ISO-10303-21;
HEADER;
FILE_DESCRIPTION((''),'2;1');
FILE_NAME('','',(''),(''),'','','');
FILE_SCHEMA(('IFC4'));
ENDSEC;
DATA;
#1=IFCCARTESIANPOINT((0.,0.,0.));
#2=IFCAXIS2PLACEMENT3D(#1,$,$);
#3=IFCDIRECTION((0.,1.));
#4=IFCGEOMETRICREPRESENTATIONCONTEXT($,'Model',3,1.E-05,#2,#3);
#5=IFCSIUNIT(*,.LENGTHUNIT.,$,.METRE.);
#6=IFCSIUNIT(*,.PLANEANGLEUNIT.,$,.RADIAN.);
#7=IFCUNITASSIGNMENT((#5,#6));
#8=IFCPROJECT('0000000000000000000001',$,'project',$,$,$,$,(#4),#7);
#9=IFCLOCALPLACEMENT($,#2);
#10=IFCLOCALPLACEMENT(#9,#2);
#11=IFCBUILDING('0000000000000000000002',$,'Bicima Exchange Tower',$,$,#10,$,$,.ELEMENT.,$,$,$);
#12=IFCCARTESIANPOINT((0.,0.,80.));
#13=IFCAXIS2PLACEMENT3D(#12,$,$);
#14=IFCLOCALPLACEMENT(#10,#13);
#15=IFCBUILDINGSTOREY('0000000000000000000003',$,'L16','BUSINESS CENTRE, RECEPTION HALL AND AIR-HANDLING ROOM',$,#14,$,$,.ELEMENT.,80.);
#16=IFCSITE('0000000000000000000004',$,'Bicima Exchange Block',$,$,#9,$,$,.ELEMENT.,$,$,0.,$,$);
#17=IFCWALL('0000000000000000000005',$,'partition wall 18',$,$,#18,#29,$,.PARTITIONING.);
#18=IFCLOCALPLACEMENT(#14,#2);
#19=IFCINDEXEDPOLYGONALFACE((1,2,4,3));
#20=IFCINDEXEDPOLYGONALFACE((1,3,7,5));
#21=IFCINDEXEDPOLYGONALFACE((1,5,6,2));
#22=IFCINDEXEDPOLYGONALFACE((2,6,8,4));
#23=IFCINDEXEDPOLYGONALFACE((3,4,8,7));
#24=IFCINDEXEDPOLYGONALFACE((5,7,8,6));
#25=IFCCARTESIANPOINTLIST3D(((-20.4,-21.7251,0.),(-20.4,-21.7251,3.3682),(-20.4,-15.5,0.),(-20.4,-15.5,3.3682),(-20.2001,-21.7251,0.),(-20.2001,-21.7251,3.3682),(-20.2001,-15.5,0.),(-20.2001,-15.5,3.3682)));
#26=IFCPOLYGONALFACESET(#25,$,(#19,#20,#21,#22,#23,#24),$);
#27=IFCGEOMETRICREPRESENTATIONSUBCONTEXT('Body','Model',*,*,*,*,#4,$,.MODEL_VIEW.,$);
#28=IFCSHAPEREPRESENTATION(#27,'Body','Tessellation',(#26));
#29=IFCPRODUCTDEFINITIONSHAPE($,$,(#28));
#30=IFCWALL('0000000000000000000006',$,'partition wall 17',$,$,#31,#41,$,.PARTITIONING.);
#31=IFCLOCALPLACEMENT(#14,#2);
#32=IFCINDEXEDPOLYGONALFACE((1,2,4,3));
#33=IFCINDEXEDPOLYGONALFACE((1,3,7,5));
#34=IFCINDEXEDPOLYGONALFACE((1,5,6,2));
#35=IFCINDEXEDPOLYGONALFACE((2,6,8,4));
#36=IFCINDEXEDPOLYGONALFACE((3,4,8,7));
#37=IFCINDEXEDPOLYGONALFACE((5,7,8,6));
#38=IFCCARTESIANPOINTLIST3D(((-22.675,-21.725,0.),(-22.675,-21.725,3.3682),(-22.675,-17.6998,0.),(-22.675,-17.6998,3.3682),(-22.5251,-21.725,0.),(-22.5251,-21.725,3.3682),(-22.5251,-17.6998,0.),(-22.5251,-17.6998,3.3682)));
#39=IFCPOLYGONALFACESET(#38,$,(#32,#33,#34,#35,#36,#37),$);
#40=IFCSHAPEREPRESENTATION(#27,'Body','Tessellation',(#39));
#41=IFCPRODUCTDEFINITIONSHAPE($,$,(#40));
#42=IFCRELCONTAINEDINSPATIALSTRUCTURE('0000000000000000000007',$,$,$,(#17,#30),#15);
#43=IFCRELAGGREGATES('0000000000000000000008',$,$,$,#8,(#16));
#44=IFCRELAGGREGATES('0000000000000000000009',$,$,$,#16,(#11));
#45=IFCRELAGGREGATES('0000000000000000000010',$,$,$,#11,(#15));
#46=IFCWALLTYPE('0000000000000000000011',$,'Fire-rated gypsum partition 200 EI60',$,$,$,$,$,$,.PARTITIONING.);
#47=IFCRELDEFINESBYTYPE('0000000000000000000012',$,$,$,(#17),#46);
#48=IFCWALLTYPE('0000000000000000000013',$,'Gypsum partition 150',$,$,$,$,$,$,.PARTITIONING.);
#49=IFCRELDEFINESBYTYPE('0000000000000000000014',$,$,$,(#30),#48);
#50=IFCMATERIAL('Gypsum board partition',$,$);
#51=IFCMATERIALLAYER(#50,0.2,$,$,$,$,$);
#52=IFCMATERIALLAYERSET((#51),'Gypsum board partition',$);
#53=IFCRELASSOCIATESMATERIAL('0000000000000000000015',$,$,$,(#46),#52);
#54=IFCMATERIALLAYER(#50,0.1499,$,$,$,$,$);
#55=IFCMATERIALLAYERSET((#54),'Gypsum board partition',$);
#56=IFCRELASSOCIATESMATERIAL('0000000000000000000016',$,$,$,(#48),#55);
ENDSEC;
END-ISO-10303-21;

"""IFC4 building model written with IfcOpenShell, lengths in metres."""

from ifc_helpers import new_model, si_unit, direction, frame, frame_2d, origin, place, context, subcontext, project, spatial, rectangle, extrude, material, layer, layer_set, type_object, element, save


model = new_model("IFC4")

# Units and contexts
model_context = context("Model", 3, precision=1e-05, world=origin(), true_north=direction((0.0, 1.0)))
body_context = subcontext(model_context, "Body", "Model", "MODEL_VIEW")
ifc_project = project(units=[si_unit("LENGTHUNIT", "METRE"), si_unit("PLANEANGLEUNIT", "RADIAN")], contexts=[model_context])

# Site, building, storey
site_placement = place(None, origin())
site = spatial("IfcSite", under=ifc_project, at=site_placement, Name="Bicima Exchange Block", CompositionType="ELEMENT", RefElevation=0.0)
building_placement = place(site_placement, origin())
building = spatial("IfcBuilding", under=site, at=building_placement, Name="Bicima Exchange Tower", CompositionType="ELEMENT")
storey_placement = place(building_placement, frame((0.0, 0.0, 80.0)))
storey = spatial("IfcBuildingStorey", under=building, at=storey_placement, Name="L16", Description="BUSINESS CENTRE, RECEPTION HALL AND AIR-HANDLING ROOM", CompositionType="ELEMENT", Elevation=80.0)

# Walls
ifc_material_1 = material(Name="Gypsum board partition")
ifc_layer_1 = layer(ifc_material_1, 0.2)
ifc_layer_set_1 = layer_set([ifc_layer_1], Name="Gypsum board partition")
wall_type_1 = type_object("IfcWallType", Name="Fire-rated gypsum partition 200 EI60", PredefinedType="PARTITIONING", material=ifc_layer_set_1)
wall_1_placement = place(storey_placement, frame((-20.3, -21.7251, 0.0), z_axis=(0.0, 0.0, 1.0), x_axis=(0.0, 1.0, 0.0)))
element("IfcWall", 1, at=wall_1_placement, inside=storey, type_object=wall_type_1, Name="partition wall 18", PredefinedType="PARTITIONING", context=body_context, shape_type="SweptSolid", body=[
    extrude(rectangle(XDim=6.2251, YDim=0.2, at=frame_2d((3.1125, 0.0))), origin(), (0.0, 0.0, 1.0), 3.3682),
])
ifc_layer_2 = layer(ifc_material_1, 0.1499)
ifc_layer_set_2 = layer_set([ifc_layer_2], Name="Gypsum board partition")
wall_type_2 = type_object("IfcWallType", Name="Gypsum partition 150", PredefinedType="PARTITIONING", material=ifc_layer_set_2)
wall_2_placement = place(storey_placement, frame((-22.6001, -21.7251, 0.0), z_axis=(0.0, 0.0, 1.0), x_axis=(0.0, 1.0, 0.0)))
element("IfcWall", 2, at=wall_2_placement, inside=storey, type_object=wall_type_2, Name="partition wall 17", PredefinedType="PARTITIONING", context=body_context, shape_type="SweptSolid", body=[
    extrude(rectangle(XDim=4.0251, YDim=0.1499, at=frame_2d((2.0127, 0.0))), origin(), (0.0, 0.0, 1.0), 3.3682),
])

save(model, "model.ifc")
